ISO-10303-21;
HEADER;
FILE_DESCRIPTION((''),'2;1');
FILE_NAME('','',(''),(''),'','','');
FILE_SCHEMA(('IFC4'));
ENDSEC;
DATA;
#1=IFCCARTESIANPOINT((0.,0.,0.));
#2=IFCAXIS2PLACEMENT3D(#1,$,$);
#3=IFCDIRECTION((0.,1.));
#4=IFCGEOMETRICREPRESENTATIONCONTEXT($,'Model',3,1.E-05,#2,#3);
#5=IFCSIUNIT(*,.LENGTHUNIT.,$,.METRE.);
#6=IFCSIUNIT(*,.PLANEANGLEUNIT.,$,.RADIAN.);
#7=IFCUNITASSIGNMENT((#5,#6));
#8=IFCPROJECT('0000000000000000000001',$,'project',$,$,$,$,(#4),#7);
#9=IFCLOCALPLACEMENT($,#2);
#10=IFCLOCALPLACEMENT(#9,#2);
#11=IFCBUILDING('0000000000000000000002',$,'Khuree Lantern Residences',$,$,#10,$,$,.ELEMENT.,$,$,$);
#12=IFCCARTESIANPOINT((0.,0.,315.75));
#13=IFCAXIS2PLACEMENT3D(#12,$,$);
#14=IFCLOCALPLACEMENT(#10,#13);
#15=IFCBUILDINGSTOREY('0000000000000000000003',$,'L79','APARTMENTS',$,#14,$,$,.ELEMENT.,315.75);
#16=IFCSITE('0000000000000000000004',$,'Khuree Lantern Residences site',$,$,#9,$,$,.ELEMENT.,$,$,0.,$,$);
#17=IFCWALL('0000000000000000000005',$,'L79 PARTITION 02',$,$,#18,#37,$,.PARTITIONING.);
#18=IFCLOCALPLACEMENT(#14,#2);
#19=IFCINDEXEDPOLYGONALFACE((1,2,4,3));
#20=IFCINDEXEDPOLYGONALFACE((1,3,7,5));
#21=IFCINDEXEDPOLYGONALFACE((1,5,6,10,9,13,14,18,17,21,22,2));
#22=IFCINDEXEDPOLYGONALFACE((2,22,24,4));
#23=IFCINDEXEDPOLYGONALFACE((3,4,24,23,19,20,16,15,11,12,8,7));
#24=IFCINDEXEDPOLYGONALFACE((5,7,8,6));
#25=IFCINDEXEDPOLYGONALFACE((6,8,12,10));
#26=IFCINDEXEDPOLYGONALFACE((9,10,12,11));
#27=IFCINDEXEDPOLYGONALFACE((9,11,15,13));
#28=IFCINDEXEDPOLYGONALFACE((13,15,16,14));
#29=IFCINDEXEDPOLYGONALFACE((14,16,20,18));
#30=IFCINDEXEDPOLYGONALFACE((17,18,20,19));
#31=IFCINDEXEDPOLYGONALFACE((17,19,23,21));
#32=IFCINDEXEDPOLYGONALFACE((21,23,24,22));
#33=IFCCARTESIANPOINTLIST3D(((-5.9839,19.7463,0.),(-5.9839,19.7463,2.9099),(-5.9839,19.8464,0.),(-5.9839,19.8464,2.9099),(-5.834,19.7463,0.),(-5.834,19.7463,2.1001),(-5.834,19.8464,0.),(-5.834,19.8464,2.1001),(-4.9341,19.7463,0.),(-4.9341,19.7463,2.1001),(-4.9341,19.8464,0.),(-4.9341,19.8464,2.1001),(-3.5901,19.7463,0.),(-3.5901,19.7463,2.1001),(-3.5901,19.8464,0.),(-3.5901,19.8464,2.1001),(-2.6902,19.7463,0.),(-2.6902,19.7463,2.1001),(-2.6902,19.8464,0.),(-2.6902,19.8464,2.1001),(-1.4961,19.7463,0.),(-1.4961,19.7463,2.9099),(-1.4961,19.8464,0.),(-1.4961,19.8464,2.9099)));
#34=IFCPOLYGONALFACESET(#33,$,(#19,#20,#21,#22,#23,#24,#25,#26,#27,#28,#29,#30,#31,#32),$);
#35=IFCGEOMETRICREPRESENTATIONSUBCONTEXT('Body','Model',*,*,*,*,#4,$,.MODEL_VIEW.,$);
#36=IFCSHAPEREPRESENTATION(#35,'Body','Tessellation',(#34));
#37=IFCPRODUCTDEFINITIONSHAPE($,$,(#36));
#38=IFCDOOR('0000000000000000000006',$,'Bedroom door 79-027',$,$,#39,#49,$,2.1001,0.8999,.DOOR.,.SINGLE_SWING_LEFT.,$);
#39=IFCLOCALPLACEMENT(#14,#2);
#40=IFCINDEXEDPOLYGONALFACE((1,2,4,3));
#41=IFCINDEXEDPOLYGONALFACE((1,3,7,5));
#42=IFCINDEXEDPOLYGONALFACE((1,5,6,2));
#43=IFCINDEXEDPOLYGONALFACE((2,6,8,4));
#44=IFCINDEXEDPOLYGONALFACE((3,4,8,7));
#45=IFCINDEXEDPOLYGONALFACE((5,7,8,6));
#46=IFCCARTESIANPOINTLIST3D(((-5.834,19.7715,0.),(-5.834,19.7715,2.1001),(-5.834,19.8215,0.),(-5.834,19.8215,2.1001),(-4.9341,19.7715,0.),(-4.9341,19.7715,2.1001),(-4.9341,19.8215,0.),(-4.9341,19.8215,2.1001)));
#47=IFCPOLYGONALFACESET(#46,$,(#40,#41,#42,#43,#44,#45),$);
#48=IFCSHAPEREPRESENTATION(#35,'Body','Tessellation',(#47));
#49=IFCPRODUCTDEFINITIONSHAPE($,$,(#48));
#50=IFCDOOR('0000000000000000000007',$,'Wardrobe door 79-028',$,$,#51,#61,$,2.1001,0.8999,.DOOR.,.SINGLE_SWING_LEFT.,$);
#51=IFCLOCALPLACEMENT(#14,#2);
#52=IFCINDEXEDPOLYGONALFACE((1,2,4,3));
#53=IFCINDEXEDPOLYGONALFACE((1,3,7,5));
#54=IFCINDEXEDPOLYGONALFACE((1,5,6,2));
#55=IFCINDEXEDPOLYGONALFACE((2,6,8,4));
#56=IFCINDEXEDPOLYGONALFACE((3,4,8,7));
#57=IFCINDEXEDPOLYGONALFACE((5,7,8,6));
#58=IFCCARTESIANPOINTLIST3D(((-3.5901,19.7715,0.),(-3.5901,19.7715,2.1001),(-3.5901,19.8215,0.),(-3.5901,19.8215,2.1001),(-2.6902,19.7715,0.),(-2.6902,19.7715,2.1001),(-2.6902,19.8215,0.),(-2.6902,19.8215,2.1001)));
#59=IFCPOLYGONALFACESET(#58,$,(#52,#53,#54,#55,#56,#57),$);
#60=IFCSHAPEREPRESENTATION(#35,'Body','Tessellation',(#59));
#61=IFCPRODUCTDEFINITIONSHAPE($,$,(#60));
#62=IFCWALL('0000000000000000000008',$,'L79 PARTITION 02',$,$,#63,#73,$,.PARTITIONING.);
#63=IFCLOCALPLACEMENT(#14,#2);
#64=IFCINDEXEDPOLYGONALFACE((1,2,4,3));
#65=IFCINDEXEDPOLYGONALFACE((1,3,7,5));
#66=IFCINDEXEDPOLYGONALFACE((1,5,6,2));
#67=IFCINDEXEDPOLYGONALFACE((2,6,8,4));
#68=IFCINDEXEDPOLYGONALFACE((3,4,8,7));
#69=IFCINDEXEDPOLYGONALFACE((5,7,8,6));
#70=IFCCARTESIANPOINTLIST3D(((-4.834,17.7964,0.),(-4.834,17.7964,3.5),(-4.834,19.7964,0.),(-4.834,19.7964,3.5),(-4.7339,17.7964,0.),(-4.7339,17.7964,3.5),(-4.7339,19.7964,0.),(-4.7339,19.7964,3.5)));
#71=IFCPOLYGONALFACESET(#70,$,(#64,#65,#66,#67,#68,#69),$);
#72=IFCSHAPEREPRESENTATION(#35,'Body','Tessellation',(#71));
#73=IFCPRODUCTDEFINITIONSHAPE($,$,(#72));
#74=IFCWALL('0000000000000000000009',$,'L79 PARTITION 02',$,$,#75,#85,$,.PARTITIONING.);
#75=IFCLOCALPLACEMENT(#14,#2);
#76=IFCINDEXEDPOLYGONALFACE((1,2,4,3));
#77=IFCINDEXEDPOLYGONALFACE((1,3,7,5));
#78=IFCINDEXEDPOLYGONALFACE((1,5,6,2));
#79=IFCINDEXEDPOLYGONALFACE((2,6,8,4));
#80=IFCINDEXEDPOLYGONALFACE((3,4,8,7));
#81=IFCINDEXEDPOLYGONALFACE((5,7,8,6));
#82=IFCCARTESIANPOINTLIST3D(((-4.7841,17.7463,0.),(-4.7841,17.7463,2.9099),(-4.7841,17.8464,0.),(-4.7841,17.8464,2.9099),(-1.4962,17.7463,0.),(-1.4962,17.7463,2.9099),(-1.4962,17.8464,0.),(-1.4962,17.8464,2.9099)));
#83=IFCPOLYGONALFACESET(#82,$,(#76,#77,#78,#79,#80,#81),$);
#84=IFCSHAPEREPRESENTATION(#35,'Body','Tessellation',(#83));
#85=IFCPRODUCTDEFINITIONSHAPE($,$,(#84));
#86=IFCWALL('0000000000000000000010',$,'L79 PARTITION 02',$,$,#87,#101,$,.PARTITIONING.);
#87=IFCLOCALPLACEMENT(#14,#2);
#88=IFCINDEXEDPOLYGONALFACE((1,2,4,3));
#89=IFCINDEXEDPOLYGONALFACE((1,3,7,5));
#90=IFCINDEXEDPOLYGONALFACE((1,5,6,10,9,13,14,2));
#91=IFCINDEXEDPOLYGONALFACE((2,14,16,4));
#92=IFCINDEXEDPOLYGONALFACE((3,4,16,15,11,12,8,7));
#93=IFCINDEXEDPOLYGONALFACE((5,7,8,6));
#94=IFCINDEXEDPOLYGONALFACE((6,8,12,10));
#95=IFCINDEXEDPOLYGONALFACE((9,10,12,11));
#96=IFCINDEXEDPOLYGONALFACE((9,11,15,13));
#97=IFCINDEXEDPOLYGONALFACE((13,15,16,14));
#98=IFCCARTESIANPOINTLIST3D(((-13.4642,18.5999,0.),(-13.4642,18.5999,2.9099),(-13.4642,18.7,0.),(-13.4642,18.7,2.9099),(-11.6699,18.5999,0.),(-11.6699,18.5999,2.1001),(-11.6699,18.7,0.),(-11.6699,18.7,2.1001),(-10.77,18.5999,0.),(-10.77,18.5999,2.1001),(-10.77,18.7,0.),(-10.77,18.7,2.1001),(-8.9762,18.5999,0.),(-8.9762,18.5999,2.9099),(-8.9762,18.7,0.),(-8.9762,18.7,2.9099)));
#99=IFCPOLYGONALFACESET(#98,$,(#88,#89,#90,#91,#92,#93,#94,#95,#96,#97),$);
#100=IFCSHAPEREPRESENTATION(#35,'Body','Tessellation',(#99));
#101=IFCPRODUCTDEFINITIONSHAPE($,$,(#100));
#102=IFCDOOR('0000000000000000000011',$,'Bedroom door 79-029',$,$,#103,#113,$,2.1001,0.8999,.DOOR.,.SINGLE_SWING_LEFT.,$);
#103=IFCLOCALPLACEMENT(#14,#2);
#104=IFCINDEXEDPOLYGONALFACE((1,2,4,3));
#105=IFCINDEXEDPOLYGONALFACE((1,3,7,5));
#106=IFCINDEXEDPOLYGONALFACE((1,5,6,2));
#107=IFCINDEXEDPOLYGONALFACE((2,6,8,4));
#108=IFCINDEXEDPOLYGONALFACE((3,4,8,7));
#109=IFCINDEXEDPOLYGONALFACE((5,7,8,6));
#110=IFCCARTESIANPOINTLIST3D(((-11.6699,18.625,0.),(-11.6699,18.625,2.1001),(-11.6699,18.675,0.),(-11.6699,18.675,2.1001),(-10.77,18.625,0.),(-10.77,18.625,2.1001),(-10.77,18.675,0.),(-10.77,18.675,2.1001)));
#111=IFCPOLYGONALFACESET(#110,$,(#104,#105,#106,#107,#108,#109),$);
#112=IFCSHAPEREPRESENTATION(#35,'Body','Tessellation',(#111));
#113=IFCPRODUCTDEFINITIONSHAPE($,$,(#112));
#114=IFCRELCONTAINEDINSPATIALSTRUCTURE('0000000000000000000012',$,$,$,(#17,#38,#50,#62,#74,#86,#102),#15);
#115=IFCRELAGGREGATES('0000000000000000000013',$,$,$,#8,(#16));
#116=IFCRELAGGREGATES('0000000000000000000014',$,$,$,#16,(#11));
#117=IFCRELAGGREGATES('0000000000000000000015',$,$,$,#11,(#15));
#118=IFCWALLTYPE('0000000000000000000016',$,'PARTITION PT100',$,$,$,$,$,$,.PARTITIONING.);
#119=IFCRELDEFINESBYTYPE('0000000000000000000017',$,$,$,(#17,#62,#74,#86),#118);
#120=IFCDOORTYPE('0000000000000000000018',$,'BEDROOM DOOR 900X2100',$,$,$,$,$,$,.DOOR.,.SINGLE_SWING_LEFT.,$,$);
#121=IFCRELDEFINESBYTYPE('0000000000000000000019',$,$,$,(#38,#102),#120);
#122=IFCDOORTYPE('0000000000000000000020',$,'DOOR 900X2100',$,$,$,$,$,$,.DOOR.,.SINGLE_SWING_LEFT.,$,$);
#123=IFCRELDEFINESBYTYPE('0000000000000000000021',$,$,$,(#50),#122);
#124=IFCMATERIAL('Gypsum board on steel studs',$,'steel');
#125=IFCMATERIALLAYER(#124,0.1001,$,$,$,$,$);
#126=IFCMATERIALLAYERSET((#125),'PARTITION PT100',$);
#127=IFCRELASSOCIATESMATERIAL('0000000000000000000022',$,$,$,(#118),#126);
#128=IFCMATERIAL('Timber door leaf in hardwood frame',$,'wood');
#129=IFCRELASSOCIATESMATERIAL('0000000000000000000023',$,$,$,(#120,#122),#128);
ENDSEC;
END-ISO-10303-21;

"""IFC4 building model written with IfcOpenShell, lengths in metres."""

from ifc_helpers import new_model, si_unit, direction, frame, frame_2d, origin, place, context, subcontext, project, spatial, rectangle, extrude, material, layer, layer_set, type_object, element, fill, save


model = new_model("IFC4")

# Units and contexts
model_context = context("Model", 3, precision=1e-05, world=origin(), true_north=direction((0.0, 1.0)))
body_context = subcontext(model_context, "Body", "Model", "MODEL_VIEW")
ifc_project = project(units=[si_unit("LENGTHUNIT", "METRE"), si_unit("PLANEANGLEUNIT", "RADIAN")], contexts=[model_context])

# Site, building, storey
site_placement = place(None, origin())
site = spatial("IfcSite", under=ifc_project, at=site_placement, Name="Khuree Lantern Residences site", CompositionType="ELEMENT", RefElevation=0.0)
building_placement = place(site_placement, origin())
building = spatial("IfcBuilding", under=site, at=building_placement, Name="Khuree Lantern Residences", CompositionType="ELEMENT")
storey_placement = place(building_placement, frame((0.0, 0.0, 315.75)))
storey = spatial("IfcBuildingStorey", under=building, at=storey_placement, Name="L79", Description="APARTMENTS", CompositionType="ELEMENT", Elevation=315.75)

# Shared definitions
ifc_material_1 = material(Name="Gypsum board on steel studs", Category="steel")
ifc_layer_1 = layer(ifc_material_1, 0.1001)
ifc_layer_set_1 = layer_set([ifc_layer_1], Name="PARTITION PT100")
wall_type = type_object("IfcWallType", Name="PARTITION PT100", PredefinedType="PARTITIONING", material=ifc_layer_set_1)

# Wall, openings, doors
wall_1_placement = place(storey_placement, frame((-1.4961, 19.7964, 0.0), z_axis=(0.0, 0.0, 1.0), x_axis=(-1.0, 0.0, 0.0)))
wall_1 = element("IfcWall", 1, at=wall_1_placement, inside=storey, type_object=wall_type, Name="L79 PARTITION 02", PredefinedType="PARTITIONING", context=body_context, shape_type="SweptSolid", body=[
    extrude(rectangle(XDim=4.4878, YDim=0.1001, at=frame_2d((2.2439, 0.0))), origin(), (0.0, 0.0, 1.0), 2.9099),
])
opening_1_placement = place(wall_1_placement, frame((3.438, 0.0, 0.0)))
opening_1 = element("IfcOpeningElement", 2, at=opening_1_placement, cuts=wall_1, PredefinedType="OPENING", context=body_context, shape_type="SweptSolid", body=[
    extrude(rectangle(XDim=0.8999, YDim=2.1001, at=frame_2d((0.45, 1.05))), frame((0.0, 0.0601, 0.0), z_axis=(0.0, -1.0, 0.0), x_axis=(1.0, 0.0, 0.0)), (0.0, 0.0, 1.0), 0.1201),
])
opening_2_placement = place(wall_1_placement, frame((1.1941, 0.0, 0.0)))
opening_2 = element("IfcOpeningElement", 3, at=opening_2_placement, cuts=wall_1, PredefinedType="OPENING", context=body_context, shape_type="SweptSolid", body=[
    extrude(rectangle(XDim=0.8999, YDim=2.1001, at=frame_2d((0.45, 1.05))), frame((0.0, 0.0601, 0.0), z_axis=(0.0, -1.0, 0.0), x_axis=(1.0, 0.0, 0.0)), (0.0, 0.0, 1.0), 0.1201),
])
ifc_material_2 = material(Name="Timber door leaf in hardwood frame", Category="wood")
door_type_1 = type_object("IfcDoorType", Name="BEDROOM DOOR 900X2100", OperationType="SINGLE_SWING_LEFT", PredefinedType="DOOR", material=ifc_material_2)
door_1_placement = place(opening_1_placement, origin())
door_1 = element("IfcDoor", 4, at=door_1_placement, inside=storey, type_object=door_type_1, Name="Bedroom door 79-027", OperationType="SINGLE_SWING_LEFT", OverallHeight=2.1001, OverallWidth=0.8999, PredefinedType="DOOR", context=body_context, shape_type="SweptSolid", body=[
    extrude(rectangle(XDim=0.8999, YDim=2.1001, at=frame_2d((0.45, 1.05))), frame((0.0, 0.0249, 0.0), z_axis=(0.0, -1.0, 0.0), x_axis=(1.0, 0.0, 0.0)), (0.0, 0.0, 1.0), 0.05),
])
fill(opening_1, door_1)
door_type_2 = type_object("IfcDoorType", Name="DOOR 900X2100", OperationType="SINGLE_SWING_LEFT", PredefinedType="DOOR", material=ifc_material_2)
door_2_placement = place(opening_2_placement, origin())
door_2 = element("IfcDoor", 5, at=door_2_placement, inside=storey, type_object=door_type_2, Name="Wardrobe door 79-028", OperationType="SINGLE_SWING_LEFT", OverallHeight=2.1001, OverallWidth=0.8999, PredefinedType="DOOR", context=body_context, shape_type="SweptSolid", body=[
    extrude(rectangle(XDim=0.8999, YDim=2.1001, at=frame_2d((0.45, 1.05))), frame((0.0, 0.0249, 0.0), z_axis=(0.0, -1.0, 0.0), x_axis=(1.0, 0.0, 0.0)), (0.0, 0.0, 1.0), 0.05),
])
fill(opening_2, door_2)

# Walls
wall_2_placement = place(storey_placement, frame((-4.7839, 17.7964, 0.0), z_axis=(0.0, 0.0, 1.0), x_axis=(0.0, 1.0, 0.0)))
element("IfcWall", 6, at=wall_2_placement, inside=storey, type_object=wall_type, Name="L79 PARTITION 02", PredefinedType="PARTITIONING", context=body_context, shape_type="SweptSolid", body=[
    extrude(rectangle(XDim=2.0, YDim=0.1001, at=frame_2d((1.0, 0.0))), origin(), (0.0, 0.0, 1.0), 3.5),
])
wall_3_placement = place(storey_placement, frame((-1.4961, 17.7964, 0.0), z_axis=(0.0, 0.0, 1.0), x_axis=(-1.0, 0.0, 0.0)))
element("IfcWall", 7, at=wall_3_placement, inside=storey, type_object=wall_type, Name="L79 PARTITION 02", PredefinedType="PARTITIONING", context=body_context, shape_type="SweptSolid", body=[
    extrude(rectangle(XDim=3.2878, YDim=0.1001, at=frame_2d((1.644, 0.0))), origin(), (0.0, 0.0, 1.0), 2.9099),
])

# Wall, opening, door
wall_4_placement = place(storey_placement, frame((-8.9761, 18.6499, 0.0), z_axis=(0.0, 0.0, 1.0), x_axis=(-1.0, 0.0, 0.0)))
wall_4 = element("IfcWall", 8, at=wall_4_placement, inside=storey, type_object=wall_type, Name="L79 PARTITION 02", PredefinedType="PARTITIONING", context=body_context, shape_type="SweptSolid", body=[
    extrude(rectangle(XDim=4.488, YDim=0.1001, at=frame_2d((2.2441, 0.0))), origin(), (0.0, 0.0, 1.0), 2.9099),
])
opening_3_placement = place(wall_4_placement, frame((1.7939, 0.0, 0.0)))
opening_3 = element("IfcOpeningElement", 9, at=opening_3_placement, cuts=wall_4, PredefinedType="OPENING", context=body_context, shape_type="SweptSolid", body=[
    extrude(rectangle(XDim=0.8999, YDim=2.1001, at=frame_2d((0.45, 1.05))), frame((0.0, 0.0601, 0.0), z_axis=(0.0, -1.0, 0.0), x_axis=(1.0, 0.0, 0.0)), (0.0, 0.0, 1.0), 0.1201),
])
door_3_placement = place(opening_3_placement, origin())
door_3 = element("IfcDoor", 10, at=door_3_placement, inside=storey, type_object=door_type_1, Name="Bedroom door 79-029", OperationType="SINGLE_SWING_LEFT", OverallHeight=2.1001, OverallWidth=0.8999, PredefinedType="DOOR", context=body_context, shape_type="SweptSolid", body=[
    extrude(rectangle(XDim=0.8999, YDim=2.1001, at=frame_2d((0.45, 1.05))), frame((0.0, 0.0249, 0.0), z_axis=(0.0, -1.0, 0.0), x_axis=(1.0, 0.0, 0.0)), (0.0, 0.0, 1.0), 0.05),
])
fill(opening_3, door_3)

save(model, "model.ifc")
